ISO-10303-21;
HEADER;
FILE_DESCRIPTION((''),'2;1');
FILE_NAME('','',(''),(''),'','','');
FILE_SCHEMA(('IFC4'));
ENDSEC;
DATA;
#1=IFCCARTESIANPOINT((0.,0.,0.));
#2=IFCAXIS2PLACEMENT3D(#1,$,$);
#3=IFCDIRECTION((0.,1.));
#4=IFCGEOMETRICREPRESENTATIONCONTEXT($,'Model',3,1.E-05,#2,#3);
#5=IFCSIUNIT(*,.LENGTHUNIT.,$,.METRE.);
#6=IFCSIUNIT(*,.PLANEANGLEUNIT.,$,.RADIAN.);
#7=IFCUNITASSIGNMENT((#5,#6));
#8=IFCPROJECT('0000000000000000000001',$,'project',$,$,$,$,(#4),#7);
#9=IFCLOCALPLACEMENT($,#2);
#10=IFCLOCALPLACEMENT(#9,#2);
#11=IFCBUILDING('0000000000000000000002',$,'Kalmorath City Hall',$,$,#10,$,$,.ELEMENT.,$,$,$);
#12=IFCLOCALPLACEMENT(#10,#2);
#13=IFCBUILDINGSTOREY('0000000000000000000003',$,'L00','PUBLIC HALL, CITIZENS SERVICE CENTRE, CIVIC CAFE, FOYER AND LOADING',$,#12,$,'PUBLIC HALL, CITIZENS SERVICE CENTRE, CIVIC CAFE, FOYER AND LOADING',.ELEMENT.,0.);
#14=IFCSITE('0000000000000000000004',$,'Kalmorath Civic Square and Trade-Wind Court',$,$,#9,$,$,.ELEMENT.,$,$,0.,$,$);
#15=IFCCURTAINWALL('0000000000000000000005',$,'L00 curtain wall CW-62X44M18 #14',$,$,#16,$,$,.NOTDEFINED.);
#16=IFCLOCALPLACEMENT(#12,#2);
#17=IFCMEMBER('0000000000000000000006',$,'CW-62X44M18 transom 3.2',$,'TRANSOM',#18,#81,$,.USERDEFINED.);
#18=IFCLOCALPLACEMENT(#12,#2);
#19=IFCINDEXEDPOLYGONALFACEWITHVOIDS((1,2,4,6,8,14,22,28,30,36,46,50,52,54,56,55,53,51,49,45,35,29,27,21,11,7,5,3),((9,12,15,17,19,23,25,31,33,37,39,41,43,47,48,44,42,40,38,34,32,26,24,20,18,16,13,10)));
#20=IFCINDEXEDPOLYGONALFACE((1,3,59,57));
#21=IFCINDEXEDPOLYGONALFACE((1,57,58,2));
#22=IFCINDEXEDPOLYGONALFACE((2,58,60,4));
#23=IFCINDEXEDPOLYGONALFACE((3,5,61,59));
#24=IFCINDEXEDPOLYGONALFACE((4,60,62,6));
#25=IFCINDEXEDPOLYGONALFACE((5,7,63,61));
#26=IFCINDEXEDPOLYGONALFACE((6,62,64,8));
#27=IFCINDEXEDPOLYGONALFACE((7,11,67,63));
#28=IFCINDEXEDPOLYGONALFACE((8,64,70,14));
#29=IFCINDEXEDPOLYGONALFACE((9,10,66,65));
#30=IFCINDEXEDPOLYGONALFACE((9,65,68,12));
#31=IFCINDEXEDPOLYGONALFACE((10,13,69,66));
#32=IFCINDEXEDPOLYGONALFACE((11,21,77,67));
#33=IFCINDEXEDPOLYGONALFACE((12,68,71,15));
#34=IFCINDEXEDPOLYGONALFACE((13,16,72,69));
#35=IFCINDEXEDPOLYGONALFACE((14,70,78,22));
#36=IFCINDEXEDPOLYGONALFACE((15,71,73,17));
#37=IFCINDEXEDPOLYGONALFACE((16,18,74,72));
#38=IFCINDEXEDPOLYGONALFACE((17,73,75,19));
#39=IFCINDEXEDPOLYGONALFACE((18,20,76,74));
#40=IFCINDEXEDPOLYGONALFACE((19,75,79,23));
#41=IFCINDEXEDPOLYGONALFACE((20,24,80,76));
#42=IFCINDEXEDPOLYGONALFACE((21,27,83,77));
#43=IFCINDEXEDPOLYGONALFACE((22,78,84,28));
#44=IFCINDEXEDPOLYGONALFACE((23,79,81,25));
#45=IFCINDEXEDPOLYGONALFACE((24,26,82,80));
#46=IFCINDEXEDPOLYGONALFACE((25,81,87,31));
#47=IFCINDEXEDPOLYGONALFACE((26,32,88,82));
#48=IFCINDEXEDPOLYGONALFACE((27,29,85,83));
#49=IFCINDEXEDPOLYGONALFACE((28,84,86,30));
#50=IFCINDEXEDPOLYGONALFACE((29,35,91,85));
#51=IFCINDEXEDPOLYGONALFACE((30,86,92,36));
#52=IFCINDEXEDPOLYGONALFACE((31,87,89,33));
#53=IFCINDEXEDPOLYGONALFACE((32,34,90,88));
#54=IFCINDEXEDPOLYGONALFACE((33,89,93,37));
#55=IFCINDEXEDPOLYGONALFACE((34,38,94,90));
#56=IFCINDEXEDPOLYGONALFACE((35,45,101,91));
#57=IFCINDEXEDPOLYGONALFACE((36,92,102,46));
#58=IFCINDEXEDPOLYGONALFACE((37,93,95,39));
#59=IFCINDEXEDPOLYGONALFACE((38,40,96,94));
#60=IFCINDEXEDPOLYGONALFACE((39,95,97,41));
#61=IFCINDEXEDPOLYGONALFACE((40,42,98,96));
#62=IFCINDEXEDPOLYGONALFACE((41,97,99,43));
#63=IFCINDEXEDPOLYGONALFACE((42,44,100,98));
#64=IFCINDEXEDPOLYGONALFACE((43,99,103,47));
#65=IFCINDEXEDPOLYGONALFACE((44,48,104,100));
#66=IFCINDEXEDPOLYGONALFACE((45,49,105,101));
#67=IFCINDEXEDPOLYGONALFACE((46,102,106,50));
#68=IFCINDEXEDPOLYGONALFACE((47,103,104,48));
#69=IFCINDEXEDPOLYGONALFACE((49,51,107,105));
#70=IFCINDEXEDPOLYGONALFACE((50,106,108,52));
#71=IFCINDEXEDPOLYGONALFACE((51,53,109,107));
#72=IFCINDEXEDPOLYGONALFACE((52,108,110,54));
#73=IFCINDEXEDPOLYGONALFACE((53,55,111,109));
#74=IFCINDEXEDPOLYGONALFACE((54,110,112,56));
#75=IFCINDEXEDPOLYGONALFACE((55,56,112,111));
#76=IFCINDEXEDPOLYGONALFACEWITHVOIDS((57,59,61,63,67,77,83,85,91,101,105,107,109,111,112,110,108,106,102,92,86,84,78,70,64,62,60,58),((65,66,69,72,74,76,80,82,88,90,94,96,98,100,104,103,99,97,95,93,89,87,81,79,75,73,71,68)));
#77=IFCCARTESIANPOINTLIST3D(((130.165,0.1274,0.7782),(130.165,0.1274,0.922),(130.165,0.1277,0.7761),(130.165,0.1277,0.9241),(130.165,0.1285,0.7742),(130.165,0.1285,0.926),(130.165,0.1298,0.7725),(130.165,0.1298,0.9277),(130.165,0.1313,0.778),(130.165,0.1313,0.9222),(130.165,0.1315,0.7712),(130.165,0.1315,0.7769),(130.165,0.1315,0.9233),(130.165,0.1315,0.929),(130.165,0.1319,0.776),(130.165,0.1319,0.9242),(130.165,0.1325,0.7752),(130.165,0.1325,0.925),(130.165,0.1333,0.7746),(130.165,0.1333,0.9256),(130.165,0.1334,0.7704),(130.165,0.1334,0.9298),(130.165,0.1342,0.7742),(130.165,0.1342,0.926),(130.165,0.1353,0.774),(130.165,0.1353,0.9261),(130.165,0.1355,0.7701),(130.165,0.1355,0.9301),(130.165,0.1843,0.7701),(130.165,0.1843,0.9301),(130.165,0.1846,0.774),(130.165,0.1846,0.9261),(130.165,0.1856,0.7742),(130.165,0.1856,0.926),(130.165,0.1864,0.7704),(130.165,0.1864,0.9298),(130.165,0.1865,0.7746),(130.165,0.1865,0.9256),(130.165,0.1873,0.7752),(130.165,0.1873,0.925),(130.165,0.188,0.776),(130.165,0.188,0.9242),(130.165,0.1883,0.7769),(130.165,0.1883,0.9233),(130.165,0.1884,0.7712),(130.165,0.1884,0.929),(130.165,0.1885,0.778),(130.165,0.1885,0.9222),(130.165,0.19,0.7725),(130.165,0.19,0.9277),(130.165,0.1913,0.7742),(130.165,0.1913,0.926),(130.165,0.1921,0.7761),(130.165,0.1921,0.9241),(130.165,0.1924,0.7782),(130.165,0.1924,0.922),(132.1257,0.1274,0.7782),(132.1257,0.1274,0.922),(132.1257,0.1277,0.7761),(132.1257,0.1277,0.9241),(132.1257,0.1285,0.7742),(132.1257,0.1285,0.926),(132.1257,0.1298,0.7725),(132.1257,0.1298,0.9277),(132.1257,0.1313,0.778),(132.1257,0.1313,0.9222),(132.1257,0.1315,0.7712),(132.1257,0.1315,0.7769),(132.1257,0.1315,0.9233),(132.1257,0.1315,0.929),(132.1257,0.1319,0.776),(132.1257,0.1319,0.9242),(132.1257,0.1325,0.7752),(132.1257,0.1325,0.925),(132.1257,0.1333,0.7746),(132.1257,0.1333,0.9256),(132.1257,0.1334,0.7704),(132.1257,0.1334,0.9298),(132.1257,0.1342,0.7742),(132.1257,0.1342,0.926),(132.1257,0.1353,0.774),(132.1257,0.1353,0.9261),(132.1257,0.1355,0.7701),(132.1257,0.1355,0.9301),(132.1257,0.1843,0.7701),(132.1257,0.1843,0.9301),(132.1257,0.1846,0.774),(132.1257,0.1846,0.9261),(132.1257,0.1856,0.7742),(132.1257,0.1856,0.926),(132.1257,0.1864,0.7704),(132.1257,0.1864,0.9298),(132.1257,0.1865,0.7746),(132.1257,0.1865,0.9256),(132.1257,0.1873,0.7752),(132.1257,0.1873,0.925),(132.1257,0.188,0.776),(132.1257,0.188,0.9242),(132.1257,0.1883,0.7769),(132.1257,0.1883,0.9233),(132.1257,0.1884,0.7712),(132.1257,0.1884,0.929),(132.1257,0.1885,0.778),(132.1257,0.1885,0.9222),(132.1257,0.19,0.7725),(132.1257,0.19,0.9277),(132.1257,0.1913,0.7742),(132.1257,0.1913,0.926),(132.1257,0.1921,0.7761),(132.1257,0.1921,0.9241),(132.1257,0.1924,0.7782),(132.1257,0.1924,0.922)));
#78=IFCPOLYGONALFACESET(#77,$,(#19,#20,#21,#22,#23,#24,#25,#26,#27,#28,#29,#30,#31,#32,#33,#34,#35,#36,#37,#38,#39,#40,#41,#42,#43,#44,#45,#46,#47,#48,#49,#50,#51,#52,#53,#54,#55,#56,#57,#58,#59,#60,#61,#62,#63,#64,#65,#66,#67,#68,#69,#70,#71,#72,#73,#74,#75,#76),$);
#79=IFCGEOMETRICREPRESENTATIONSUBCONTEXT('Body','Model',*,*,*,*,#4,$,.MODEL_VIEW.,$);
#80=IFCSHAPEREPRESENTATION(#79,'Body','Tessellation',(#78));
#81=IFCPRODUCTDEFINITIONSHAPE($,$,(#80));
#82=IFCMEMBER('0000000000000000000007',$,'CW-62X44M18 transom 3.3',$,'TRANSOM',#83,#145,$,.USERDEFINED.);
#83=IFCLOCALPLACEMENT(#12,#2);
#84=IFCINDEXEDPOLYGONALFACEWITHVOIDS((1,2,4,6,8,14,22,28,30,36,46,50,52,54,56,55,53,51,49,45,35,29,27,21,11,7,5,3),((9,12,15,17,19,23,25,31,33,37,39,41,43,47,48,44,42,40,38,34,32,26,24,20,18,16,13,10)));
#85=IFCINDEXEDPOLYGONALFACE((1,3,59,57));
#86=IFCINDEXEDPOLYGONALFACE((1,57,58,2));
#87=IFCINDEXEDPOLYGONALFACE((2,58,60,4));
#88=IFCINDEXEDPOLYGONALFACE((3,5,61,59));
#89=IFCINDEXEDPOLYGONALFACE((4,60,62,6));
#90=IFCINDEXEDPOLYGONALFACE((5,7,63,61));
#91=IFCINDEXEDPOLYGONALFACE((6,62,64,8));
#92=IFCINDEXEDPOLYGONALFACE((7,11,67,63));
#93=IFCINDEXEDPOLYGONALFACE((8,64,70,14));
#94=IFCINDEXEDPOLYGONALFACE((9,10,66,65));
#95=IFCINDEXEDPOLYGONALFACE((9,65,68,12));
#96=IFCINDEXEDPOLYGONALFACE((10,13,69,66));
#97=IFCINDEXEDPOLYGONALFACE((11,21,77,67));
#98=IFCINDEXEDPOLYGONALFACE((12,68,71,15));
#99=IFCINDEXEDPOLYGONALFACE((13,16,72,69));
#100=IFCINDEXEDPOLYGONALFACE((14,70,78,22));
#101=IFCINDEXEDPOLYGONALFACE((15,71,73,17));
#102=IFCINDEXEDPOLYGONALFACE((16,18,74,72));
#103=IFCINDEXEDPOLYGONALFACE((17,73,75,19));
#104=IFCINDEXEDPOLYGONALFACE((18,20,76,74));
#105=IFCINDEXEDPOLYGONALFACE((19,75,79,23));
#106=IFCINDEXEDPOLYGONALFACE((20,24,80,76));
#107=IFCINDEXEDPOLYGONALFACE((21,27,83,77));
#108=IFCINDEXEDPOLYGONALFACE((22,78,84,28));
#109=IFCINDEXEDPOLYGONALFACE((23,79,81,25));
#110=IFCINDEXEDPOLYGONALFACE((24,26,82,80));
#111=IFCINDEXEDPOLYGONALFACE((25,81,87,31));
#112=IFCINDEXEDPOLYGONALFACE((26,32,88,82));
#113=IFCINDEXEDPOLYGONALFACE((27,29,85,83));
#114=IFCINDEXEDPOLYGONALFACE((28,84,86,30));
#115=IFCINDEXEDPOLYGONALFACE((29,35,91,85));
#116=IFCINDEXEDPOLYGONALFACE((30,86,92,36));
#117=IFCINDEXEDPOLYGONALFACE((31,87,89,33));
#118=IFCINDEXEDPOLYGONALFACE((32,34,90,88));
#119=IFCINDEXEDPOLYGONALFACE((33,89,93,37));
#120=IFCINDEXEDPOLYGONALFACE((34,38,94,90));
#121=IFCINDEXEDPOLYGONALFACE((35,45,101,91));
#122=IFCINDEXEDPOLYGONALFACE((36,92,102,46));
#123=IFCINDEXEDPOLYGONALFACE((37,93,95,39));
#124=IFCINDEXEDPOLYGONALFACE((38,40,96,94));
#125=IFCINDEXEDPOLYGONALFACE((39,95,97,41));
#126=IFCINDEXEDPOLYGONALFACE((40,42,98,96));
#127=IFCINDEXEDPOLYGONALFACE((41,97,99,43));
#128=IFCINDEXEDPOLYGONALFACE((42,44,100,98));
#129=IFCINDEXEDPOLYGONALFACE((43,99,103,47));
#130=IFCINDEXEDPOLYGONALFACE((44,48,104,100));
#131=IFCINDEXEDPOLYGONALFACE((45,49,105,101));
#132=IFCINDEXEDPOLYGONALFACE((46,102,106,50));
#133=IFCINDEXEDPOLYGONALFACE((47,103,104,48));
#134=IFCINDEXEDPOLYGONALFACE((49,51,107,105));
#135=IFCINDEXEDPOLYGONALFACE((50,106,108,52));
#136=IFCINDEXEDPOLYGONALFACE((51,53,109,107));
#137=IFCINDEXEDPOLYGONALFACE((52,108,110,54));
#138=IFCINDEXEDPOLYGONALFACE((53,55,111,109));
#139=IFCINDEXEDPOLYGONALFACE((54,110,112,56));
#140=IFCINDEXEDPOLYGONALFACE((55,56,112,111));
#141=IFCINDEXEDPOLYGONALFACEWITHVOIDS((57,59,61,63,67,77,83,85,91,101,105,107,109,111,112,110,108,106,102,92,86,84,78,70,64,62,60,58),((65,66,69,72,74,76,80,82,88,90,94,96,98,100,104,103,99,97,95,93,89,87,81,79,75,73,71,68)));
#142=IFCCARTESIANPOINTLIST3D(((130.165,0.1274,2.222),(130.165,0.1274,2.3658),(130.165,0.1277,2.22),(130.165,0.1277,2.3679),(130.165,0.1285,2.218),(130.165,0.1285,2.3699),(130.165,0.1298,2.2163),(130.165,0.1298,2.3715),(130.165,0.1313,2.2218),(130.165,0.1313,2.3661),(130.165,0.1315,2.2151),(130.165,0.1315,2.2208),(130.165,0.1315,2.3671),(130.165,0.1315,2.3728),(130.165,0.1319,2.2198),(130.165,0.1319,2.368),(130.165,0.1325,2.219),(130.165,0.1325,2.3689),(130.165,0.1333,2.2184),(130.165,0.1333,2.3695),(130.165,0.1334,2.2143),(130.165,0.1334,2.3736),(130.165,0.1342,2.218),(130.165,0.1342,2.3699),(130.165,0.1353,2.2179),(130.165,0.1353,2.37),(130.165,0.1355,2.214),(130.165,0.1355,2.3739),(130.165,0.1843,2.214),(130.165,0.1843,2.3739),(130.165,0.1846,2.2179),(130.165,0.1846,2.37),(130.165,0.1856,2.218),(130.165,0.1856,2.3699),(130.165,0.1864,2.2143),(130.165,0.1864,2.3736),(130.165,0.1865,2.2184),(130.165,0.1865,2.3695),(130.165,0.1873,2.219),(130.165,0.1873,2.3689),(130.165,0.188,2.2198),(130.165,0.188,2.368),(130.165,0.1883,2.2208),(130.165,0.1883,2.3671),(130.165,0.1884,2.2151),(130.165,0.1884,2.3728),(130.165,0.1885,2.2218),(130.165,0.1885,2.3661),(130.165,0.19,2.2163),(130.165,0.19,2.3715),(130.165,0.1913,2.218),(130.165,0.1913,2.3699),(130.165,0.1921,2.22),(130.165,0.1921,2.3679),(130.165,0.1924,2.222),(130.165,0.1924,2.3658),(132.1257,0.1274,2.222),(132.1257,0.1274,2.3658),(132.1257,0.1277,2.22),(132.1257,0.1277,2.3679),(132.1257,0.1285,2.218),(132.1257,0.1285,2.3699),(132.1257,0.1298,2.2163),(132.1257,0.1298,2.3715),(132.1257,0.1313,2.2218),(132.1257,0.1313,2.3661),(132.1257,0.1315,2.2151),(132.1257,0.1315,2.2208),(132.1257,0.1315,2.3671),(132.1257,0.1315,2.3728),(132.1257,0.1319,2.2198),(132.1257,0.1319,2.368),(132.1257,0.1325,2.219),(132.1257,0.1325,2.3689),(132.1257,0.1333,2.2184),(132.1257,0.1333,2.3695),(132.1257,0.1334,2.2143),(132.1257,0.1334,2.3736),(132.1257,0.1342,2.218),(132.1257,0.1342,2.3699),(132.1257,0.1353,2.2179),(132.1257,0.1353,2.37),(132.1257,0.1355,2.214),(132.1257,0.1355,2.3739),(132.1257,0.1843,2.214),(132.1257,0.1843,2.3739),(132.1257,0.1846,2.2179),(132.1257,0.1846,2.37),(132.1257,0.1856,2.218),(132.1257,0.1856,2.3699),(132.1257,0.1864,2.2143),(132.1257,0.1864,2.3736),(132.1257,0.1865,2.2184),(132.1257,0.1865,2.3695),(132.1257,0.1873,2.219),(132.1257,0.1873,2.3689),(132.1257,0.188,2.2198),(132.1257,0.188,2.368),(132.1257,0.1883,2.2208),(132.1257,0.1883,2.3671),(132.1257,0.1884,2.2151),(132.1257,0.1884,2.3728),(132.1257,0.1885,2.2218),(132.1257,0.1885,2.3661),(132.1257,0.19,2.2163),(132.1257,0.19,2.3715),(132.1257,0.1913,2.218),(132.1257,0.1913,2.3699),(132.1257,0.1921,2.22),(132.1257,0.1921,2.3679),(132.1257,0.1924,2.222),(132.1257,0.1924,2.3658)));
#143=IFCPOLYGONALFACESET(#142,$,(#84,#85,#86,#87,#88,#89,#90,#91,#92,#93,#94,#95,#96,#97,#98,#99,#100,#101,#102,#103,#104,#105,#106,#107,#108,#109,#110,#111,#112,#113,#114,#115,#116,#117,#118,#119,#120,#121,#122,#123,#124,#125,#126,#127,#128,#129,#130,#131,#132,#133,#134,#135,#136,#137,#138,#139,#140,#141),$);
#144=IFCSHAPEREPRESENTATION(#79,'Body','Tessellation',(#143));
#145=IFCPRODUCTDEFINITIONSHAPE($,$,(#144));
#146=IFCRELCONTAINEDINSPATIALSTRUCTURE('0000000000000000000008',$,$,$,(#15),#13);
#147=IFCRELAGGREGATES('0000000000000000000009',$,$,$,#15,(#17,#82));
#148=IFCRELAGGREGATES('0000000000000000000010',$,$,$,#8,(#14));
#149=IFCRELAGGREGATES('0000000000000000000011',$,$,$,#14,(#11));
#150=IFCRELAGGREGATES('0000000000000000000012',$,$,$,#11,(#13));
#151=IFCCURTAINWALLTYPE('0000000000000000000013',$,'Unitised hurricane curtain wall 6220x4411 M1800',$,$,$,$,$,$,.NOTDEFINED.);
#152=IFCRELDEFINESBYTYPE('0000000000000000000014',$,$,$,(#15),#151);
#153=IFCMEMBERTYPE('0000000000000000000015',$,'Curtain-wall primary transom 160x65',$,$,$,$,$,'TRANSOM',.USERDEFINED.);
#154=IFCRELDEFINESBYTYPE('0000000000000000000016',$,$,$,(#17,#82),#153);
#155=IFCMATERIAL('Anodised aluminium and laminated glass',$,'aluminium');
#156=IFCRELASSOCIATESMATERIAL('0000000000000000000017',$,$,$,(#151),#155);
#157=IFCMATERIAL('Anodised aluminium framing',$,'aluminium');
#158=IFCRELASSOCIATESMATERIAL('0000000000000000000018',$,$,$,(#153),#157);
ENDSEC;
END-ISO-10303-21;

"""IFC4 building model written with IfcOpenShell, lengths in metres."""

from ifc_helpers import new_model, si_unit, direction, frame, origin, origin_2d, place, context, subcontext, project, spatial, hollow_rectangle, extrude, material, material_profile, profile_set, type_object, element, aggregate, save


model = new_model("IFC4")

# Units and contexts
model_context = context("Model", 3, precision=1e-05, world=origin(), true_north=direction((0.0, 1.0)))
body_context = subcontext(model_context, "Body", "Model", "MODEL_VIEW")
ifc_project = project(units=[si_unit("LENGTHUNIT", "METRE"), si_unit("PLANEANGLEUNIT", "RADIAN")], contexts=[model_context])

# Site, building, storey
site_placement = place(None, origin())
site = spatial("IfcSite", under=ifc_project, at=site_placement, Name="Kalmorath Civic Square and Trade-Wind Court", CompositionType="ELEMENT", RefElevation=0.0)
building_placement = place(site_placement, origin())
building = spatial("IfcBuilding", under=site, at=building_placement, Name="Kalmorath City Hall", CompositionType="ELEMENT")
storey_placement = place(building_placement, origin())
storey = spatial("IfcBuildingStorey", under=building, at=storey_placement, Name="L00", Description="PUBLIC HALL, CITIZENS SERVICE CENTRE, CIVIC CAFE, FOYER AND LOADING", LongName="PUBLIC HALL, CITIZENS SERVICE CENTRE, CIVIC CAFE, FOYER AND LOADING", CompositionType="ELEMENT", Elevation=0.0)

# Curtain wall, members
ifc_material_1 = material(Name="Anodised aluminium and laminated glass", Category="aluminium")
curtain_wall_type = type_object("IfcCurtainWallType", Name="Unitised hurricane curtain wall 6220x4411 M1800", PredefinedType="NOTDEFINED", material=ifc_material_1)
curtain_wall_placement = place(storey_placement, origin())
curtain_wall = element("IfcCurtainWall", 1, at=curtain_wall_placement, inside=storey, type_object=curtain_wall_type, Name="L00 curtain wall CW-62X44M18 #14", PredefinedType="NOTDEFINED")
ifc_material_2 = material(Name="Anodised aluminium framing", Category="aluminium")
ifc_material_profile_1 = material_profile(ifc_material_2, hollow_rectangle(XDim=0.0649, YDim=0.1599, WallThickness=0.0039, InnerFilletRadius=0.0039, OuterFilletRadius=0.0081, at=origin_2d()), Name="ALU-TRN-160X65X4")
ifc_profile_set_1 = profile_set([ifc_material_profile_1], Name="Anodised aluminium framing")
member_type_1 = type_object("IfcMemberType", Name="Curtain-wall primary transom 160x65", ElementType="TRANSOM", PredefinedType="USERDEFINED", material=ifc_profile_set_1)
member_1_placement = place(storey_placement, frame((132.1257, 0.1599, 0.8501), z_axis=(-1.0, 0.0, 0.0), x_axis=(0.0, -1.0, 0.0)))
member_1 = element("IfcMember", 2, at=member_1_placement, type_object=member_type_1, Name="CW-62X44M18 transom 3.2", ObjectType="TRANSOM", PredefinedType="USERDEFINED", context=body_context, shape_type="SweptSolid", body=[
    extrude(hollow_rectangle(XDim=0.0649, YDim=0.1599, WallThickness=0.0039, InnerFilletRadius=0.0039, OuterFilletRadius=0.0081, at=origin_2d()), origin(), (0.0, 0.0, 1.0), 1.9607),
])
member_2_placement = place(storey_placement, frame((132.1257, 0.1599, 2.2939), z_axis=(-1.0, 0.0, 0.0), x_axis=(0.0, -1.0, 0.0)))
member_2 = element("IfcMember", 3, at=member_2_placement, type_object=member_type_1, Name="CW-62X44M18 transom 3.3", ObjectType="TRANSOM", PredefinedType="USERDEFINED", context=body_context, shape_type="SweptSolid", body=[
    extrude(hollow_rectangle(XDim=0.0649, YDim=0.1599, WallThickness=0.0039, InnerFilletRadius=0.0039, OuterFilletRadius=0.0081, at=origin_2d()), origin(), (0.0, 0.0, 1.0), 1.9607),
])
aggregate(curtain_wall, [member_1, member_2])

save(model, "model.ifc")
